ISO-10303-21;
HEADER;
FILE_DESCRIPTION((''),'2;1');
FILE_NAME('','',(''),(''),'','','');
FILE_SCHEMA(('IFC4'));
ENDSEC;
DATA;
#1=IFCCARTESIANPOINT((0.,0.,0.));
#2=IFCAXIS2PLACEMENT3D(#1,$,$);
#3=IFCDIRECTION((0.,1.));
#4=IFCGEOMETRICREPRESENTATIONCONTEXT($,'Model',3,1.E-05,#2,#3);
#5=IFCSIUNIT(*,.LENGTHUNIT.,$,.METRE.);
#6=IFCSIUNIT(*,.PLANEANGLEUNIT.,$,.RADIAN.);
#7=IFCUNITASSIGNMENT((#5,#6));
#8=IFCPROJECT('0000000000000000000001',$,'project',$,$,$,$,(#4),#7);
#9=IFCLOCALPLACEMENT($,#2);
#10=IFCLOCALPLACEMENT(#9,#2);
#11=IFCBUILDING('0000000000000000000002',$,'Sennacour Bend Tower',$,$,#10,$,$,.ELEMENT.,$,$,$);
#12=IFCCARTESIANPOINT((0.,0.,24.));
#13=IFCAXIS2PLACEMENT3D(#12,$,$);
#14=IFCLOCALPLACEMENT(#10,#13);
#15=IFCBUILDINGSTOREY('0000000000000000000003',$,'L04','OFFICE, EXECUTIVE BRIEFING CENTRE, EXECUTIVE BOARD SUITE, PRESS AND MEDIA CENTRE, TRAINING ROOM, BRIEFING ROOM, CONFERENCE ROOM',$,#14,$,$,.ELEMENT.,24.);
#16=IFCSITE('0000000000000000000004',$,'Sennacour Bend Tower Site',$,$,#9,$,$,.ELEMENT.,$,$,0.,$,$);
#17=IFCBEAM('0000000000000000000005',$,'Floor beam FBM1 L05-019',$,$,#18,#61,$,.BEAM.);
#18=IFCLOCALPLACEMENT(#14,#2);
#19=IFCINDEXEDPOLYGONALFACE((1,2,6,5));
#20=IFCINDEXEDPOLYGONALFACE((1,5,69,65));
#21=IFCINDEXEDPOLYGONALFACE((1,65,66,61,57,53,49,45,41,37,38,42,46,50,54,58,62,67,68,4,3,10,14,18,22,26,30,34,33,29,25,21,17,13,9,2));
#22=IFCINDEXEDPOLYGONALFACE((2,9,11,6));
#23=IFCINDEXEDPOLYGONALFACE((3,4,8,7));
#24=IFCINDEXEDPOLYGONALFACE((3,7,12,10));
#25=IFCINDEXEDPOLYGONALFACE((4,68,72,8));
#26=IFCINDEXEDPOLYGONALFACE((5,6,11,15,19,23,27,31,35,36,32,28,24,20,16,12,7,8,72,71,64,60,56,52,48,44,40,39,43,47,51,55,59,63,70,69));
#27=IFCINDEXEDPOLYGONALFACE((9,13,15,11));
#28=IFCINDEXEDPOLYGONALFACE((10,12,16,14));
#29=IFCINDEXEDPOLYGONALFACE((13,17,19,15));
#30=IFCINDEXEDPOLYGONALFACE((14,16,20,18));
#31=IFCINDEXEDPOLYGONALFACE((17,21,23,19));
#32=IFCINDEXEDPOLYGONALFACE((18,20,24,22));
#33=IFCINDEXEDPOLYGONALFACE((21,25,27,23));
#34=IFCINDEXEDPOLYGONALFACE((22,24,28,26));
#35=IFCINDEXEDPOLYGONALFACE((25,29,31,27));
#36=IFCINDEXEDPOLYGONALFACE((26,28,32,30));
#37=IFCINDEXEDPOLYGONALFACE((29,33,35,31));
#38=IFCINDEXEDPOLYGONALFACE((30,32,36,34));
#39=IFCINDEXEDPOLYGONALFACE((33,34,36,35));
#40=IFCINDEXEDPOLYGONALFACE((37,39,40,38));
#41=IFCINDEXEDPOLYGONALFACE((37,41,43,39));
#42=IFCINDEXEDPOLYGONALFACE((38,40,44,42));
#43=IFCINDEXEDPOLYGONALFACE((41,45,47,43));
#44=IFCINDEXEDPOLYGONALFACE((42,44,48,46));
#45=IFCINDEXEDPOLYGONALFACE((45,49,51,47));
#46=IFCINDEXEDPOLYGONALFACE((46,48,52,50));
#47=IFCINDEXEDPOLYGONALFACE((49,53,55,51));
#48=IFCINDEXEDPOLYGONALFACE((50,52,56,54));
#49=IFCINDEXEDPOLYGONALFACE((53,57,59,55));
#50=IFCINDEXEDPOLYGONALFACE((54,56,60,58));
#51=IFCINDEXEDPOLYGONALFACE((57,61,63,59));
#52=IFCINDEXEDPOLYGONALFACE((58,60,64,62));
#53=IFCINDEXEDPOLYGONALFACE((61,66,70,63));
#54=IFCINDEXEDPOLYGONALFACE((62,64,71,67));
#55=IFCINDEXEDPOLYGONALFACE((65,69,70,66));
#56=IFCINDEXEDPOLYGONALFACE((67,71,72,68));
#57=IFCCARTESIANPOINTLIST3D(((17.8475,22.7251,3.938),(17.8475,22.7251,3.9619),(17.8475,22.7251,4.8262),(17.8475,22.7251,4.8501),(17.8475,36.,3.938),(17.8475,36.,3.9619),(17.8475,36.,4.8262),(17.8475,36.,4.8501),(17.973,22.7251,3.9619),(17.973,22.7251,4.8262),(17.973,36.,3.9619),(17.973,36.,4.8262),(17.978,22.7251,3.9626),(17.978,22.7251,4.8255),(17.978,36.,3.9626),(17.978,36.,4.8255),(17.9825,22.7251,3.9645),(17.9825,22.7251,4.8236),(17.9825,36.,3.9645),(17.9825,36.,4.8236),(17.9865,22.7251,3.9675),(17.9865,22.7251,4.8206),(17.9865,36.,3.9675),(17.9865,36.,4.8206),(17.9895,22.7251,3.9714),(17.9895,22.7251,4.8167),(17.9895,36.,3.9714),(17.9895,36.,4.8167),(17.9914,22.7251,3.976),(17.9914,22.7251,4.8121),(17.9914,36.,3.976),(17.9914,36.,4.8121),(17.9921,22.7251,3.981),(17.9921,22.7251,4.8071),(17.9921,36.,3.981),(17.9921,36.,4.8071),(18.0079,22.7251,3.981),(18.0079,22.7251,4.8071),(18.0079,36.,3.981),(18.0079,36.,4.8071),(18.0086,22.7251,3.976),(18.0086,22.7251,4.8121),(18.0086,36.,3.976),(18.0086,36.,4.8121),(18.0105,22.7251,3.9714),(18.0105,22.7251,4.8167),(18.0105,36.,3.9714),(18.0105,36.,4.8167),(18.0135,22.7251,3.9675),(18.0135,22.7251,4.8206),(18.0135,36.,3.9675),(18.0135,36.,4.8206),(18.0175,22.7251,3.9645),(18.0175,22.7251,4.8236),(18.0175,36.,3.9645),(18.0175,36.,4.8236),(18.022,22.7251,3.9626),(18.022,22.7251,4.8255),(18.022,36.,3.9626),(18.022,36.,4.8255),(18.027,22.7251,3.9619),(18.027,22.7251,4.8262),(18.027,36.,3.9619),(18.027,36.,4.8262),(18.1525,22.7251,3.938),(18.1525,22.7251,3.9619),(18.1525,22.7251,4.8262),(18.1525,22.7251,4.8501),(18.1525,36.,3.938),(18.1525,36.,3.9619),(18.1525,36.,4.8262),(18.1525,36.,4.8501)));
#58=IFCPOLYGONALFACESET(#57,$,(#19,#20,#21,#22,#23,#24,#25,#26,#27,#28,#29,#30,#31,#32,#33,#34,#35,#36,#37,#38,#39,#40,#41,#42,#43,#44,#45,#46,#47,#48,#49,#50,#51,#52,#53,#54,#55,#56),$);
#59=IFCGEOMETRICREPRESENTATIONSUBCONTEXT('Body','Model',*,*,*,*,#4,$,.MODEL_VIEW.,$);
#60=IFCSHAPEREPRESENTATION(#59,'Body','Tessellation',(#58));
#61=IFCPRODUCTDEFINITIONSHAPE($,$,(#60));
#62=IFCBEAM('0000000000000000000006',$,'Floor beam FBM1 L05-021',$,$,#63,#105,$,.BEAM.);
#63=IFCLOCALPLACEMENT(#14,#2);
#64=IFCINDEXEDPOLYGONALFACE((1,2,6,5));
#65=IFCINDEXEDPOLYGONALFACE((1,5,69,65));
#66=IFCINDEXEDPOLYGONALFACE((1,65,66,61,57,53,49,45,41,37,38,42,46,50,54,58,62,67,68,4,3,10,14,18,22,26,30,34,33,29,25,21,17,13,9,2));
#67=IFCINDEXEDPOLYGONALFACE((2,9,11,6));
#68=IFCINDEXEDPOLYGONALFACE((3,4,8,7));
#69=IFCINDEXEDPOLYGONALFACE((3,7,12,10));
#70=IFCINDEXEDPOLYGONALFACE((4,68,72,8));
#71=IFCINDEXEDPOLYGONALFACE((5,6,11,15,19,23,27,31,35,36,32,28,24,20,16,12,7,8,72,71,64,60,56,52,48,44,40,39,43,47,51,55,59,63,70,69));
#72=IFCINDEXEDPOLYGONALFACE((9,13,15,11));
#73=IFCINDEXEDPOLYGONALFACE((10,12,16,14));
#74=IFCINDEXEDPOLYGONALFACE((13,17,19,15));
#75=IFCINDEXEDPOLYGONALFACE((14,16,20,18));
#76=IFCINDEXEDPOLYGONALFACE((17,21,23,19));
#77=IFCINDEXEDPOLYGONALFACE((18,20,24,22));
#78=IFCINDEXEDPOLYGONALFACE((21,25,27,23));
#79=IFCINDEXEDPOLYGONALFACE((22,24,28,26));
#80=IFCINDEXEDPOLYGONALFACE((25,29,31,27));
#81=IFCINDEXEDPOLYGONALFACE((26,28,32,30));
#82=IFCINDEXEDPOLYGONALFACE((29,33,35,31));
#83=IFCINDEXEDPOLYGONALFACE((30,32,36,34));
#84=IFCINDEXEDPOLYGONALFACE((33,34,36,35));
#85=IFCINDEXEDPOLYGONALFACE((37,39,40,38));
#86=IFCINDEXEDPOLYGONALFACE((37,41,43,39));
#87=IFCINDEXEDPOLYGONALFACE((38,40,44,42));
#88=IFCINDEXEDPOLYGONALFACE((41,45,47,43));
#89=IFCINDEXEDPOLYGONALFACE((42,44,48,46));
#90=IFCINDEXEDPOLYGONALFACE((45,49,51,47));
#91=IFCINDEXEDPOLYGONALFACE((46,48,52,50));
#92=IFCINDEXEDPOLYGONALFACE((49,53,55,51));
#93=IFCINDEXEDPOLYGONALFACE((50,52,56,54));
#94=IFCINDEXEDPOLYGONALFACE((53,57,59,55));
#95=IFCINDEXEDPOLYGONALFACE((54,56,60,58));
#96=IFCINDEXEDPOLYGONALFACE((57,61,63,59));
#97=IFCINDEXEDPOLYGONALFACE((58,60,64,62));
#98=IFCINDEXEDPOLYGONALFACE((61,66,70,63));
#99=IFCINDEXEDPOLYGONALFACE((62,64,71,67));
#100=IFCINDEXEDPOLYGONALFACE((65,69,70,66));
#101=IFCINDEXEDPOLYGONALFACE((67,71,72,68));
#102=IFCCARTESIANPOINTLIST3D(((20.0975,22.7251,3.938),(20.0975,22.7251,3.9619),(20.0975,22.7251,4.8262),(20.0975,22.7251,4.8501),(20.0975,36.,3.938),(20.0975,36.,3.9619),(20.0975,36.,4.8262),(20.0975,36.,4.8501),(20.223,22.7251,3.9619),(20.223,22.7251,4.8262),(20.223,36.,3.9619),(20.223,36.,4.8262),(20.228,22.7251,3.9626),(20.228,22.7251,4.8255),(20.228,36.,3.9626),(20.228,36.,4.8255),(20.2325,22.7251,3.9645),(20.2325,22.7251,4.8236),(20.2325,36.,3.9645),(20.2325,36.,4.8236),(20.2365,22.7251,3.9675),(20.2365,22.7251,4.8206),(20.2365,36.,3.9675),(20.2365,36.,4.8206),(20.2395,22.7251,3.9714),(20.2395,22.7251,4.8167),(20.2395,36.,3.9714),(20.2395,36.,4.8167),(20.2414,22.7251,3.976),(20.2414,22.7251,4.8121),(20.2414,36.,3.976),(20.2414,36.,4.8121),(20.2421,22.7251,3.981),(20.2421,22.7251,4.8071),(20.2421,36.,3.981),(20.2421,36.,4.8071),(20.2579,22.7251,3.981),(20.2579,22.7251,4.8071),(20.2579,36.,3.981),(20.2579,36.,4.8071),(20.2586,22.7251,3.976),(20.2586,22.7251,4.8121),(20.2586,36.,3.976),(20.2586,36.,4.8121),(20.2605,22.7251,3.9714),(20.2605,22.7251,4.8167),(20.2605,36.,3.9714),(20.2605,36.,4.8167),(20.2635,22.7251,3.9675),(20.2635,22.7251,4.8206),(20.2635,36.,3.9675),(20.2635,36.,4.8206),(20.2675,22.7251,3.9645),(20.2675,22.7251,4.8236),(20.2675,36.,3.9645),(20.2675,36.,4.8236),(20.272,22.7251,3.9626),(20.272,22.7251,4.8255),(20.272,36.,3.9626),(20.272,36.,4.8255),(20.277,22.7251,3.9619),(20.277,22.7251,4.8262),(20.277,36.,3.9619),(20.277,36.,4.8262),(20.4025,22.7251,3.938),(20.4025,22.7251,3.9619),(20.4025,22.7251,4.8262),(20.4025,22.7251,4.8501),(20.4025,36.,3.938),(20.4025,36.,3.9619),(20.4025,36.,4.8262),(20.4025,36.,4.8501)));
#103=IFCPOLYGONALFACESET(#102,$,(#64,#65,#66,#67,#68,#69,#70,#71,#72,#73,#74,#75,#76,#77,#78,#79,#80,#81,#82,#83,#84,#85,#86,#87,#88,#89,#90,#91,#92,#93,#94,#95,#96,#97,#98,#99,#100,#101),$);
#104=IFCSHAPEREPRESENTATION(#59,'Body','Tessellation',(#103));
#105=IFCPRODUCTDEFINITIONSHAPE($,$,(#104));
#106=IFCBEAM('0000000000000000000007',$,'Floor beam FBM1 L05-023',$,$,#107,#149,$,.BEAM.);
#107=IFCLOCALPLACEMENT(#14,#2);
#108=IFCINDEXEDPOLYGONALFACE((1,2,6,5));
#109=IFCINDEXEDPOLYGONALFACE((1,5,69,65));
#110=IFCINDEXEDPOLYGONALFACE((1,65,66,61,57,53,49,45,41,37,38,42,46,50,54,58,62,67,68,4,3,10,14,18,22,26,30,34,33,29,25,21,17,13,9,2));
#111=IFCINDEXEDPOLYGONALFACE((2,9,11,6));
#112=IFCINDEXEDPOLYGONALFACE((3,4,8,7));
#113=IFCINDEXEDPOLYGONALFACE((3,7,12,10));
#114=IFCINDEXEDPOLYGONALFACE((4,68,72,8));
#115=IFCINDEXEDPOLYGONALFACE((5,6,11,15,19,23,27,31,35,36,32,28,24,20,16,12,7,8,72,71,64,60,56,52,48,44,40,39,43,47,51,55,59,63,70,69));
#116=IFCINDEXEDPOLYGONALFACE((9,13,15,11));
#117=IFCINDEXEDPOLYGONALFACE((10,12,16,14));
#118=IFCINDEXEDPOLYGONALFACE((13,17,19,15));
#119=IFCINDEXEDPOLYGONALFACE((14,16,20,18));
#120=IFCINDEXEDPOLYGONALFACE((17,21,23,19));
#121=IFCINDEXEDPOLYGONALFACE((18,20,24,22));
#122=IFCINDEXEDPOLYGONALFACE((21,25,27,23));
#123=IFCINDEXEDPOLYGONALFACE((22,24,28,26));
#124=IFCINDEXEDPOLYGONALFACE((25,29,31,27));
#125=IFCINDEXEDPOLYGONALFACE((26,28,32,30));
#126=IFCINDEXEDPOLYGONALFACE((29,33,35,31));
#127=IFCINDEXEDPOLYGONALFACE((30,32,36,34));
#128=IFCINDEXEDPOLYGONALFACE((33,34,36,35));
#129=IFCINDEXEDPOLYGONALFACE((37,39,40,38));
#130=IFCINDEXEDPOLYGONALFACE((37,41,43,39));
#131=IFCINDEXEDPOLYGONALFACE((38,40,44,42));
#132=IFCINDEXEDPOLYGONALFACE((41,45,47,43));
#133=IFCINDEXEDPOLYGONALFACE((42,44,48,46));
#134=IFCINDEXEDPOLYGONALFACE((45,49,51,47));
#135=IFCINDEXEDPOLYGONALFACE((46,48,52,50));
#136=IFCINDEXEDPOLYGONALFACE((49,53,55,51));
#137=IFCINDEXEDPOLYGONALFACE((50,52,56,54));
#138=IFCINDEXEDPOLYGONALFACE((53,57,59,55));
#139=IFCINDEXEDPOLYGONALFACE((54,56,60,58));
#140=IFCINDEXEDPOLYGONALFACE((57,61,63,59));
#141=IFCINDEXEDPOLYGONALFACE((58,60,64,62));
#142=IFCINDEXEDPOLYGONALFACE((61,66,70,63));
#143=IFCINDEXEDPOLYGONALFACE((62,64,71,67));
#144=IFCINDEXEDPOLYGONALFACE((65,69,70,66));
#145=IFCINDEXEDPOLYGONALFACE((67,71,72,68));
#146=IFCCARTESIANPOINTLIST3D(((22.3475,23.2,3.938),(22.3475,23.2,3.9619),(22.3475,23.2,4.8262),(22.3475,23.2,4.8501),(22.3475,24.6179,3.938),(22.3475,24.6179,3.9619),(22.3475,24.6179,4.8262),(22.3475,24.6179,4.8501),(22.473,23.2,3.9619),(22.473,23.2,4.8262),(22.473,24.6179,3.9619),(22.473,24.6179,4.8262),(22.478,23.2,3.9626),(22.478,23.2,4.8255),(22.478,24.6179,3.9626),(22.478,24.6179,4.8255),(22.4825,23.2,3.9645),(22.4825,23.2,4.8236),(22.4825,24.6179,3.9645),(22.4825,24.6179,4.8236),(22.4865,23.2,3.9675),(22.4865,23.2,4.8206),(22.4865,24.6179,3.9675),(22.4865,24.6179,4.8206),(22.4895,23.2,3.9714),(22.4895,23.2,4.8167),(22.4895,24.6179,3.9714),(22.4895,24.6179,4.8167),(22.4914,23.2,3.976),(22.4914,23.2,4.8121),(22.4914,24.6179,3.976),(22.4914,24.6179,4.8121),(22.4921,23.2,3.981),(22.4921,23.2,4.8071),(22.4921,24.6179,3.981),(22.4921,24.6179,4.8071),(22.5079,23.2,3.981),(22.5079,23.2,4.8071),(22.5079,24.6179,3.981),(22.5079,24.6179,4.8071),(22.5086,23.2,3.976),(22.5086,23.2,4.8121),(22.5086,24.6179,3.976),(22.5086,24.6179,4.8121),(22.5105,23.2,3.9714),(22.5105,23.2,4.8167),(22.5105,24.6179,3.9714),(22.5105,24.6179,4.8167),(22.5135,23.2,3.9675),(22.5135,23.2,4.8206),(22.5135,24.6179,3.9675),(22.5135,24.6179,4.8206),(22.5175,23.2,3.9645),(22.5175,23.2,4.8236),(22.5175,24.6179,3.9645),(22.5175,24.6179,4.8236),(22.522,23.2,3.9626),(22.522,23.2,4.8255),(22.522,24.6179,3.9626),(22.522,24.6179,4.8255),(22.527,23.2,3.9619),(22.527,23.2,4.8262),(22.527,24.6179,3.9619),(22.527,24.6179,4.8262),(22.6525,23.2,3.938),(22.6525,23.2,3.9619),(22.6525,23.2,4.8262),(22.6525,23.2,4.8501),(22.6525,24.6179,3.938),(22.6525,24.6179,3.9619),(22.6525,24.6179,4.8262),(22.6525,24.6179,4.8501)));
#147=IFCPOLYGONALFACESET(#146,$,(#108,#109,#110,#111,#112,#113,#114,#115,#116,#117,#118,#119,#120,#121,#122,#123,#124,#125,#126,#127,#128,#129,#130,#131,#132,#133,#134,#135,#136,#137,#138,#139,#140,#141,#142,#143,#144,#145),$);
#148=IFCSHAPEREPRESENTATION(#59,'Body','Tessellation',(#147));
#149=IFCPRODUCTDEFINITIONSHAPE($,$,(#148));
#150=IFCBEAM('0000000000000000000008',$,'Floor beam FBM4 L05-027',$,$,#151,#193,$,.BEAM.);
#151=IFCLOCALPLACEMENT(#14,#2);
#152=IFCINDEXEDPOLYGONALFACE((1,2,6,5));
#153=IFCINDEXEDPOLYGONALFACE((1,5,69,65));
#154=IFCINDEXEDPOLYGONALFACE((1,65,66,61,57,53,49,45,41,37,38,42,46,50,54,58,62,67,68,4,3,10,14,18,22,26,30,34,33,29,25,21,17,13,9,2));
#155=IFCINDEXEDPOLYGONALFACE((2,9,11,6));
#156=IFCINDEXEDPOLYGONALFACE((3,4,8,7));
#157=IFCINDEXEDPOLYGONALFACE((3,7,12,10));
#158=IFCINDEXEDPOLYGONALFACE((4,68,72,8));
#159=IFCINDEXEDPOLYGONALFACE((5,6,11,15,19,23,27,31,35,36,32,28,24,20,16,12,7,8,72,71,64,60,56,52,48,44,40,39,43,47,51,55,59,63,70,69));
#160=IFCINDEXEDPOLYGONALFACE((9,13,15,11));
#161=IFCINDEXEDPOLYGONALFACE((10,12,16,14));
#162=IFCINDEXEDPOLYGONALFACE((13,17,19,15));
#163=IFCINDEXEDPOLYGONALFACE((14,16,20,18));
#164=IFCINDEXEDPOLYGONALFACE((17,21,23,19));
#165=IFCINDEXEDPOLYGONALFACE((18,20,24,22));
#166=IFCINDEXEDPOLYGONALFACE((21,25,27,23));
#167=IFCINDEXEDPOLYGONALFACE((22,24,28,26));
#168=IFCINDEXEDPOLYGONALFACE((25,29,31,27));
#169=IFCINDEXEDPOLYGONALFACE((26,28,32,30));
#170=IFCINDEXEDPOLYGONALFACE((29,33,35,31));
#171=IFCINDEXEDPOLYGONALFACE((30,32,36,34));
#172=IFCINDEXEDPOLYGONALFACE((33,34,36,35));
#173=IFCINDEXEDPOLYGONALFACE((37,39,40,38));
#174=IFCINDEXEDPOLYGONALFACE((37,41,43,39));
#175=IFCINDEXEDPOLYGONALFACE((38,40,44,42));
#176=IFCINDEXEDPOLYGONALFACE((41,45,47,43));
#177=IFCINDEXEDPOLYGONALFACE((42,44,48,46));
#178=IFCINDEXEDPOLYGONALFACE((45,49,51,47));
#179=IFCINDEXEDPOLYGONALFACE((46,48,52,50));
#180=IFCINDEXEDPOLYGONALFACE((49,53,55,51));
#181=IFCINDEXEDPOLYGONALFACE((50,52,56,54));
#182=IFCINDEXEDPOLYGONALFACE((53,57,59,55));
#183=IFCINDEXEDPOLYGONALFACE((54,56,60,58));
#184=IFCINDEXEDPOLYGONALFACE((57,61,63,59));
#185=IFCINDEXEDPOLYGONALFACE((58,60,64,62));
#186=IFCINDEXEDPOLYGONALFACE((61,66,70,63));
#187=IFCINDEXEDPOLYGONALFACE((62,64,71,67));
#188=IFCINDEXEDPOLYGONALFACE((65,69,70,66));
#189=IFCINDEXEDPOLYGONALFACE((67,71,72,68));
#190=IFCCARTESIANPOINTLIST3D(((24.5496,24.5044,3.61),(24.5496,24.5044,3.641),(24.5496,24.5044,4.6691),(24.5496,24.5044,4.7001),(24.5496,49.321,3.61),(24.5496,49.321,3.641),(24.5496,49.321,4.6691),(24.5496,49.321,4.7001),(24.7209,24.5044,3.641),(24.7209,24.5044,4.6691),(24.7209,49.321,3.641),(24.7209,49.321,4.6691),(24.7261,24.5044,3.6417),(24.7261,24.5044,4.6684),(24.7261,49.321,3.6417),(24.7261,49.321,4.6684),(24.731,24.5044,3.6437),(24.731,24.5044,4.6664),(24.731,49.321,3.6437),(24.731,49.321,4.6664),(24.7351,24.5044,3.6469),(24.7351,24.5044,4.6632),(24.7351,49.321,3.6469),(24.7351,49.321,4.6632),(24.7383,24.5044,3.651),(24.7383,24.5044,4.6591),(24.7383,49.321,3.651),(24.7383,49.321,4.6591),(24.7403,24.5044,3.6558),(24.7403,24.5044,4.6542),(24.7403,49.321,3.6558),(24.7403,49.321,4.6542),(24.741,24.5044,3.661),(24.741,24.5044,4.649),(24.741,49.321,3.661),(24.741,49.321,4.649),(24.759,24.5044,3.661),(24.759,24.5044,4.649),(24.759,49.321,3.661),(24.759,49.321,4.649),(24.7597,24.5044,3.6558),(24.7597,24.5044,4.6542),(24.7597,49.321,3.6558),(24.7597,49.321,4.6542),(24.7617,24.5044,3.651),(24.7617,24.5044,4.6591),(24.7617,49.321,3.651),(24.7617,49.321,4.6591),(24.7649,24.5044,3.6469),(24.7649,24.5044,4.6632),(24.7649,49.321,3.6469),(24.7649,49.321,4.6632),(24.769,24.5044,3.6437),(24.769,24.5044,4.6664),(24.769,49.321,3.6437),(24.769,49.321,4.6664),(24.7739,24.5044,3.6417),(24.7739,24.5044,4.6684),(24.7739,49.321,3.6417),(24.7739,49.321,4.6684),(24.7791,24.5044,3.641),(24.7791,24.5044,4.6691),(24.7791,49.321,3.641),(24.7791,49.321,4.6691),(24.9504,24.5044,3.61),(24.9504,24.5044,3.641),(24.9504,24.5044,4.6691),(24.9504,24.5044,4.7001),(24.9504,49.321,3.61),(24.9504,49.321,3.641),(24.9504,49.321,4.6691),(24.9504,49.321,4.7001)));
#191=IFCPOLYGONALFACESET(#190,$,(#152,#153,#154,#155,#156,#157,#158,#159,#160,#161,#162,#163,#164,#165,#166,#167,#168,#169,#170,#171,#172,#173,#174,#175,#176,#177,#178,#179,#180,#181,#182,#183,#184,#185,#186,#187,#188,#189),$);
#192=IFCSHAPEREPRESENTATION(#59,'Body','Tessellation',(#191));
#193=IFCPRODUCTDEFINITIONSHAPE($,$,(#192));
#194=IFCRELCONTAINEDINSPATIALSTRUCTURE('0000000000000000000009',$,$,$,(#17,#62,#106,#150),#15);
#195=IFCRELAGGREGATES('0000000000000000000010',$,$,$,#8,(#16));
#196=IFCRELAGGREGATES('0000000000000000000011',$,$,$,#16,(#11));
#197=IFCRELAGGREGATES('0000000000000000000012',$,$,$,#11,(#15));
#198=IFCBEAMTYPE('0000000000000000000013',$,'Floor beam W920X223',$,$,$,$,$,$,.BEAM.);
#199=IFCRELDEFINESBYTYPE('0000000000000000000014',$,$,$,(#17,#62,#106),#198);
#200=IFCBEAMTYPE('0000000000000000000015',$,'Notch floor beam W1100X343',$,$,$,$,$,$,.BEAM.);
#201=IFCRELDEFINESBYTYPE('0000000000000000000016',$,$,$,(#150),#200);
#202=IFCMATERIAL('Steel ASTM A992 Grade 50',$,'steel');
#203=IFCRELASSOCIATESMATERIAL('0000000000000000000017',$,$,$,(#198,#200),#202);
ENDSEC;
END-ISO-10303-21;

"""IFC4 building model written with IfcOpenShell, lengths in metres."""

from ifc_helpers import new_model, si_unit, direction, frame, origin, origin_2d, place, context, subcontext, project, spatial, i_section, extrude, material, material_profile, profile_set, type_object, element, save


model = new_model("IFC4")

# Units and contexts
model_context = context("Model", 3, precision=1e-05, world=origin(), true_north=direction((0.0, 1.0)))
body_context = subcontext(model_context, "Body", "Model", "MODEL_VIEW")
ifc_project = project(units=[si_unit("LENGTHUNIT", "METRE"), si_unit("PLANEANGLEUNIT", "RADIAN")], contexts=[model_context])

# Site, building, storey
site_placement = place(None, origin())
site = spatial("IfcSite", under=ifc_project, at=site_placement, Name="Sennacour Bend Tower Site", CompositionType="ELEMENT", RefElevation=0.0)
building_placement = place(site_placement, origin())
building = spatial("IfcBuilding", under=site, at=building_placement, Name="Sennacour Bend Tower", CompositionType="ELEMENT")
storey_placement = place(building_placement, frame((0.0, 0.0, 24.0)))
storey = spatial("IfcBuildingStorey", under=building, at=storey_placement, Name="L04", Description="OFFICE, EXECUTIVE BRIEFING CENTRE, EXECUTIVE BOARD SUITE, PRESS AND MEDIA CENTRE, TRAINING ROOM, BRIEFING ROOM, CONFERENCE ROOM", CompositionType="ELEMENT", Elevation=24.0)

# Beams
ifc_material_1 = material(Name="Steel ASTM A992 Grade 50", Category="steel")
ifc_material_profile_1 = material_profile(ifc_material_1, i_section(OverallWidth=0.3049, OverallDepth=0.9121, WebThickness=0.0159, FlangeThickness=0.0239, FilletRadius=0.019, at=origin_2d()), Name="Steel ASTM A992 Grade 50", Category="steel")
ifc_profile_set_1 = profile_set([ifc_material_profile_1], Name="Steel ASTM A992 Grade 50")
beam_type_1 = type_object("IfcBeamType", Name="Floor beam W920X223", PredefinedType="BEAM", material=ifc_profile_set_1)
for number, where, z_axis, x_axis, name in (
    (1, (18.0, 22.7251, 4.394), (0.0, 1.0, 0.0), (-1.0, 0.0, 0.0), "Floor beam FBM1 L05-019"),
    (2, (20.25, 22.7251, 4.394), (0.0, 1.0, 0.0), (-1.0, 0.0, 0.0), "Floor beam FBM1 L05-021"),
):
    element("IfcBeam", number, at=place(storey_placement, frame(where, z_axis=z_axis, x_axis=x_axis)), inside=storey, type_object=beam_type_1, Name=name, PredefinedType="BEAM", context=body_context, shape_type="SweptSolid", body=[
        extrude(i_section(OverallWidth=0.3049, OverallDepth=0.9121, WebThickness=0.0159, FlangeThickness=0.0239, FilletRadius=0.019, at=origin_2d()), origin(), (0.0, 0.0, 1.0), 13.2749),
    ])
beam_1_placement = place(storey_placement, frame((22.5, 23.2, 4.394), z_axis=(0.0, 1.0, 0.0), x_axis=(-1.0, 0.0, 0.0)))
element("IfcBeam", 3, at=beam_1_placement, inside=storey, type_object=beam_type_1, Name="Floor beam FBM1 L05-023", PredefinedType="BEAM", context=body_context, shape_type="SweptSolid", body=[
    extrude(i_section(OverallWidth=0.3049, OverallDepth=0.9121, WebThickness=0.0159, FlangeThickness=0.0239, FilletRadius=0.019, at=origin_2d()), origin(), (0.0, 0.0, 1.0), 1.418),
])
ifc_material_profile_2 = material_profile(ifc_material_1, i_section(OverallWidth=0.4009, OverallDepth=1.0901, WebThickness=0.0181, FlangeThickness=0.031, FilletRadius=0.02, at=origin_2d()), Name="Steel ASTM A992 Grade 50", Category="steel")
ifc_profile_set_2 = profile_set([ifc_material_profile_2], Name="Steel ASTM A992 Grade 50")
beam_type_2 = type_object("IfcBeamType", Name="Notch floor beam W1100X343", PredefinedType="BEAM", material=ifc_profile_set_2)
beam_2_placement = place(storey_placement, frame((24.75, 24.5044, 4.155), z_axis=(0.0, 1.0, 0.0), x_axis=(-1.0, 0.0, 0.0)))
element("IfcBeam", 4, at=beam_2_placement, inside=storey, type_object=beam_type_2, Name="Floor beam FBM4 L05-027", PredefinedType="BEAM", context=body_context, shape_type="SweptSolid", body=[
    extrude(i_section(OverallWidth=0.4009, OverallDepth=1.0901, WebThickness=0.0181, FlangeThickness=0.031, FilletRadius=0.02, at=origin_2d()), origin(), (0.0, 0.0, 1.0), 24.8167),
])

save(model, "model.ifc")
